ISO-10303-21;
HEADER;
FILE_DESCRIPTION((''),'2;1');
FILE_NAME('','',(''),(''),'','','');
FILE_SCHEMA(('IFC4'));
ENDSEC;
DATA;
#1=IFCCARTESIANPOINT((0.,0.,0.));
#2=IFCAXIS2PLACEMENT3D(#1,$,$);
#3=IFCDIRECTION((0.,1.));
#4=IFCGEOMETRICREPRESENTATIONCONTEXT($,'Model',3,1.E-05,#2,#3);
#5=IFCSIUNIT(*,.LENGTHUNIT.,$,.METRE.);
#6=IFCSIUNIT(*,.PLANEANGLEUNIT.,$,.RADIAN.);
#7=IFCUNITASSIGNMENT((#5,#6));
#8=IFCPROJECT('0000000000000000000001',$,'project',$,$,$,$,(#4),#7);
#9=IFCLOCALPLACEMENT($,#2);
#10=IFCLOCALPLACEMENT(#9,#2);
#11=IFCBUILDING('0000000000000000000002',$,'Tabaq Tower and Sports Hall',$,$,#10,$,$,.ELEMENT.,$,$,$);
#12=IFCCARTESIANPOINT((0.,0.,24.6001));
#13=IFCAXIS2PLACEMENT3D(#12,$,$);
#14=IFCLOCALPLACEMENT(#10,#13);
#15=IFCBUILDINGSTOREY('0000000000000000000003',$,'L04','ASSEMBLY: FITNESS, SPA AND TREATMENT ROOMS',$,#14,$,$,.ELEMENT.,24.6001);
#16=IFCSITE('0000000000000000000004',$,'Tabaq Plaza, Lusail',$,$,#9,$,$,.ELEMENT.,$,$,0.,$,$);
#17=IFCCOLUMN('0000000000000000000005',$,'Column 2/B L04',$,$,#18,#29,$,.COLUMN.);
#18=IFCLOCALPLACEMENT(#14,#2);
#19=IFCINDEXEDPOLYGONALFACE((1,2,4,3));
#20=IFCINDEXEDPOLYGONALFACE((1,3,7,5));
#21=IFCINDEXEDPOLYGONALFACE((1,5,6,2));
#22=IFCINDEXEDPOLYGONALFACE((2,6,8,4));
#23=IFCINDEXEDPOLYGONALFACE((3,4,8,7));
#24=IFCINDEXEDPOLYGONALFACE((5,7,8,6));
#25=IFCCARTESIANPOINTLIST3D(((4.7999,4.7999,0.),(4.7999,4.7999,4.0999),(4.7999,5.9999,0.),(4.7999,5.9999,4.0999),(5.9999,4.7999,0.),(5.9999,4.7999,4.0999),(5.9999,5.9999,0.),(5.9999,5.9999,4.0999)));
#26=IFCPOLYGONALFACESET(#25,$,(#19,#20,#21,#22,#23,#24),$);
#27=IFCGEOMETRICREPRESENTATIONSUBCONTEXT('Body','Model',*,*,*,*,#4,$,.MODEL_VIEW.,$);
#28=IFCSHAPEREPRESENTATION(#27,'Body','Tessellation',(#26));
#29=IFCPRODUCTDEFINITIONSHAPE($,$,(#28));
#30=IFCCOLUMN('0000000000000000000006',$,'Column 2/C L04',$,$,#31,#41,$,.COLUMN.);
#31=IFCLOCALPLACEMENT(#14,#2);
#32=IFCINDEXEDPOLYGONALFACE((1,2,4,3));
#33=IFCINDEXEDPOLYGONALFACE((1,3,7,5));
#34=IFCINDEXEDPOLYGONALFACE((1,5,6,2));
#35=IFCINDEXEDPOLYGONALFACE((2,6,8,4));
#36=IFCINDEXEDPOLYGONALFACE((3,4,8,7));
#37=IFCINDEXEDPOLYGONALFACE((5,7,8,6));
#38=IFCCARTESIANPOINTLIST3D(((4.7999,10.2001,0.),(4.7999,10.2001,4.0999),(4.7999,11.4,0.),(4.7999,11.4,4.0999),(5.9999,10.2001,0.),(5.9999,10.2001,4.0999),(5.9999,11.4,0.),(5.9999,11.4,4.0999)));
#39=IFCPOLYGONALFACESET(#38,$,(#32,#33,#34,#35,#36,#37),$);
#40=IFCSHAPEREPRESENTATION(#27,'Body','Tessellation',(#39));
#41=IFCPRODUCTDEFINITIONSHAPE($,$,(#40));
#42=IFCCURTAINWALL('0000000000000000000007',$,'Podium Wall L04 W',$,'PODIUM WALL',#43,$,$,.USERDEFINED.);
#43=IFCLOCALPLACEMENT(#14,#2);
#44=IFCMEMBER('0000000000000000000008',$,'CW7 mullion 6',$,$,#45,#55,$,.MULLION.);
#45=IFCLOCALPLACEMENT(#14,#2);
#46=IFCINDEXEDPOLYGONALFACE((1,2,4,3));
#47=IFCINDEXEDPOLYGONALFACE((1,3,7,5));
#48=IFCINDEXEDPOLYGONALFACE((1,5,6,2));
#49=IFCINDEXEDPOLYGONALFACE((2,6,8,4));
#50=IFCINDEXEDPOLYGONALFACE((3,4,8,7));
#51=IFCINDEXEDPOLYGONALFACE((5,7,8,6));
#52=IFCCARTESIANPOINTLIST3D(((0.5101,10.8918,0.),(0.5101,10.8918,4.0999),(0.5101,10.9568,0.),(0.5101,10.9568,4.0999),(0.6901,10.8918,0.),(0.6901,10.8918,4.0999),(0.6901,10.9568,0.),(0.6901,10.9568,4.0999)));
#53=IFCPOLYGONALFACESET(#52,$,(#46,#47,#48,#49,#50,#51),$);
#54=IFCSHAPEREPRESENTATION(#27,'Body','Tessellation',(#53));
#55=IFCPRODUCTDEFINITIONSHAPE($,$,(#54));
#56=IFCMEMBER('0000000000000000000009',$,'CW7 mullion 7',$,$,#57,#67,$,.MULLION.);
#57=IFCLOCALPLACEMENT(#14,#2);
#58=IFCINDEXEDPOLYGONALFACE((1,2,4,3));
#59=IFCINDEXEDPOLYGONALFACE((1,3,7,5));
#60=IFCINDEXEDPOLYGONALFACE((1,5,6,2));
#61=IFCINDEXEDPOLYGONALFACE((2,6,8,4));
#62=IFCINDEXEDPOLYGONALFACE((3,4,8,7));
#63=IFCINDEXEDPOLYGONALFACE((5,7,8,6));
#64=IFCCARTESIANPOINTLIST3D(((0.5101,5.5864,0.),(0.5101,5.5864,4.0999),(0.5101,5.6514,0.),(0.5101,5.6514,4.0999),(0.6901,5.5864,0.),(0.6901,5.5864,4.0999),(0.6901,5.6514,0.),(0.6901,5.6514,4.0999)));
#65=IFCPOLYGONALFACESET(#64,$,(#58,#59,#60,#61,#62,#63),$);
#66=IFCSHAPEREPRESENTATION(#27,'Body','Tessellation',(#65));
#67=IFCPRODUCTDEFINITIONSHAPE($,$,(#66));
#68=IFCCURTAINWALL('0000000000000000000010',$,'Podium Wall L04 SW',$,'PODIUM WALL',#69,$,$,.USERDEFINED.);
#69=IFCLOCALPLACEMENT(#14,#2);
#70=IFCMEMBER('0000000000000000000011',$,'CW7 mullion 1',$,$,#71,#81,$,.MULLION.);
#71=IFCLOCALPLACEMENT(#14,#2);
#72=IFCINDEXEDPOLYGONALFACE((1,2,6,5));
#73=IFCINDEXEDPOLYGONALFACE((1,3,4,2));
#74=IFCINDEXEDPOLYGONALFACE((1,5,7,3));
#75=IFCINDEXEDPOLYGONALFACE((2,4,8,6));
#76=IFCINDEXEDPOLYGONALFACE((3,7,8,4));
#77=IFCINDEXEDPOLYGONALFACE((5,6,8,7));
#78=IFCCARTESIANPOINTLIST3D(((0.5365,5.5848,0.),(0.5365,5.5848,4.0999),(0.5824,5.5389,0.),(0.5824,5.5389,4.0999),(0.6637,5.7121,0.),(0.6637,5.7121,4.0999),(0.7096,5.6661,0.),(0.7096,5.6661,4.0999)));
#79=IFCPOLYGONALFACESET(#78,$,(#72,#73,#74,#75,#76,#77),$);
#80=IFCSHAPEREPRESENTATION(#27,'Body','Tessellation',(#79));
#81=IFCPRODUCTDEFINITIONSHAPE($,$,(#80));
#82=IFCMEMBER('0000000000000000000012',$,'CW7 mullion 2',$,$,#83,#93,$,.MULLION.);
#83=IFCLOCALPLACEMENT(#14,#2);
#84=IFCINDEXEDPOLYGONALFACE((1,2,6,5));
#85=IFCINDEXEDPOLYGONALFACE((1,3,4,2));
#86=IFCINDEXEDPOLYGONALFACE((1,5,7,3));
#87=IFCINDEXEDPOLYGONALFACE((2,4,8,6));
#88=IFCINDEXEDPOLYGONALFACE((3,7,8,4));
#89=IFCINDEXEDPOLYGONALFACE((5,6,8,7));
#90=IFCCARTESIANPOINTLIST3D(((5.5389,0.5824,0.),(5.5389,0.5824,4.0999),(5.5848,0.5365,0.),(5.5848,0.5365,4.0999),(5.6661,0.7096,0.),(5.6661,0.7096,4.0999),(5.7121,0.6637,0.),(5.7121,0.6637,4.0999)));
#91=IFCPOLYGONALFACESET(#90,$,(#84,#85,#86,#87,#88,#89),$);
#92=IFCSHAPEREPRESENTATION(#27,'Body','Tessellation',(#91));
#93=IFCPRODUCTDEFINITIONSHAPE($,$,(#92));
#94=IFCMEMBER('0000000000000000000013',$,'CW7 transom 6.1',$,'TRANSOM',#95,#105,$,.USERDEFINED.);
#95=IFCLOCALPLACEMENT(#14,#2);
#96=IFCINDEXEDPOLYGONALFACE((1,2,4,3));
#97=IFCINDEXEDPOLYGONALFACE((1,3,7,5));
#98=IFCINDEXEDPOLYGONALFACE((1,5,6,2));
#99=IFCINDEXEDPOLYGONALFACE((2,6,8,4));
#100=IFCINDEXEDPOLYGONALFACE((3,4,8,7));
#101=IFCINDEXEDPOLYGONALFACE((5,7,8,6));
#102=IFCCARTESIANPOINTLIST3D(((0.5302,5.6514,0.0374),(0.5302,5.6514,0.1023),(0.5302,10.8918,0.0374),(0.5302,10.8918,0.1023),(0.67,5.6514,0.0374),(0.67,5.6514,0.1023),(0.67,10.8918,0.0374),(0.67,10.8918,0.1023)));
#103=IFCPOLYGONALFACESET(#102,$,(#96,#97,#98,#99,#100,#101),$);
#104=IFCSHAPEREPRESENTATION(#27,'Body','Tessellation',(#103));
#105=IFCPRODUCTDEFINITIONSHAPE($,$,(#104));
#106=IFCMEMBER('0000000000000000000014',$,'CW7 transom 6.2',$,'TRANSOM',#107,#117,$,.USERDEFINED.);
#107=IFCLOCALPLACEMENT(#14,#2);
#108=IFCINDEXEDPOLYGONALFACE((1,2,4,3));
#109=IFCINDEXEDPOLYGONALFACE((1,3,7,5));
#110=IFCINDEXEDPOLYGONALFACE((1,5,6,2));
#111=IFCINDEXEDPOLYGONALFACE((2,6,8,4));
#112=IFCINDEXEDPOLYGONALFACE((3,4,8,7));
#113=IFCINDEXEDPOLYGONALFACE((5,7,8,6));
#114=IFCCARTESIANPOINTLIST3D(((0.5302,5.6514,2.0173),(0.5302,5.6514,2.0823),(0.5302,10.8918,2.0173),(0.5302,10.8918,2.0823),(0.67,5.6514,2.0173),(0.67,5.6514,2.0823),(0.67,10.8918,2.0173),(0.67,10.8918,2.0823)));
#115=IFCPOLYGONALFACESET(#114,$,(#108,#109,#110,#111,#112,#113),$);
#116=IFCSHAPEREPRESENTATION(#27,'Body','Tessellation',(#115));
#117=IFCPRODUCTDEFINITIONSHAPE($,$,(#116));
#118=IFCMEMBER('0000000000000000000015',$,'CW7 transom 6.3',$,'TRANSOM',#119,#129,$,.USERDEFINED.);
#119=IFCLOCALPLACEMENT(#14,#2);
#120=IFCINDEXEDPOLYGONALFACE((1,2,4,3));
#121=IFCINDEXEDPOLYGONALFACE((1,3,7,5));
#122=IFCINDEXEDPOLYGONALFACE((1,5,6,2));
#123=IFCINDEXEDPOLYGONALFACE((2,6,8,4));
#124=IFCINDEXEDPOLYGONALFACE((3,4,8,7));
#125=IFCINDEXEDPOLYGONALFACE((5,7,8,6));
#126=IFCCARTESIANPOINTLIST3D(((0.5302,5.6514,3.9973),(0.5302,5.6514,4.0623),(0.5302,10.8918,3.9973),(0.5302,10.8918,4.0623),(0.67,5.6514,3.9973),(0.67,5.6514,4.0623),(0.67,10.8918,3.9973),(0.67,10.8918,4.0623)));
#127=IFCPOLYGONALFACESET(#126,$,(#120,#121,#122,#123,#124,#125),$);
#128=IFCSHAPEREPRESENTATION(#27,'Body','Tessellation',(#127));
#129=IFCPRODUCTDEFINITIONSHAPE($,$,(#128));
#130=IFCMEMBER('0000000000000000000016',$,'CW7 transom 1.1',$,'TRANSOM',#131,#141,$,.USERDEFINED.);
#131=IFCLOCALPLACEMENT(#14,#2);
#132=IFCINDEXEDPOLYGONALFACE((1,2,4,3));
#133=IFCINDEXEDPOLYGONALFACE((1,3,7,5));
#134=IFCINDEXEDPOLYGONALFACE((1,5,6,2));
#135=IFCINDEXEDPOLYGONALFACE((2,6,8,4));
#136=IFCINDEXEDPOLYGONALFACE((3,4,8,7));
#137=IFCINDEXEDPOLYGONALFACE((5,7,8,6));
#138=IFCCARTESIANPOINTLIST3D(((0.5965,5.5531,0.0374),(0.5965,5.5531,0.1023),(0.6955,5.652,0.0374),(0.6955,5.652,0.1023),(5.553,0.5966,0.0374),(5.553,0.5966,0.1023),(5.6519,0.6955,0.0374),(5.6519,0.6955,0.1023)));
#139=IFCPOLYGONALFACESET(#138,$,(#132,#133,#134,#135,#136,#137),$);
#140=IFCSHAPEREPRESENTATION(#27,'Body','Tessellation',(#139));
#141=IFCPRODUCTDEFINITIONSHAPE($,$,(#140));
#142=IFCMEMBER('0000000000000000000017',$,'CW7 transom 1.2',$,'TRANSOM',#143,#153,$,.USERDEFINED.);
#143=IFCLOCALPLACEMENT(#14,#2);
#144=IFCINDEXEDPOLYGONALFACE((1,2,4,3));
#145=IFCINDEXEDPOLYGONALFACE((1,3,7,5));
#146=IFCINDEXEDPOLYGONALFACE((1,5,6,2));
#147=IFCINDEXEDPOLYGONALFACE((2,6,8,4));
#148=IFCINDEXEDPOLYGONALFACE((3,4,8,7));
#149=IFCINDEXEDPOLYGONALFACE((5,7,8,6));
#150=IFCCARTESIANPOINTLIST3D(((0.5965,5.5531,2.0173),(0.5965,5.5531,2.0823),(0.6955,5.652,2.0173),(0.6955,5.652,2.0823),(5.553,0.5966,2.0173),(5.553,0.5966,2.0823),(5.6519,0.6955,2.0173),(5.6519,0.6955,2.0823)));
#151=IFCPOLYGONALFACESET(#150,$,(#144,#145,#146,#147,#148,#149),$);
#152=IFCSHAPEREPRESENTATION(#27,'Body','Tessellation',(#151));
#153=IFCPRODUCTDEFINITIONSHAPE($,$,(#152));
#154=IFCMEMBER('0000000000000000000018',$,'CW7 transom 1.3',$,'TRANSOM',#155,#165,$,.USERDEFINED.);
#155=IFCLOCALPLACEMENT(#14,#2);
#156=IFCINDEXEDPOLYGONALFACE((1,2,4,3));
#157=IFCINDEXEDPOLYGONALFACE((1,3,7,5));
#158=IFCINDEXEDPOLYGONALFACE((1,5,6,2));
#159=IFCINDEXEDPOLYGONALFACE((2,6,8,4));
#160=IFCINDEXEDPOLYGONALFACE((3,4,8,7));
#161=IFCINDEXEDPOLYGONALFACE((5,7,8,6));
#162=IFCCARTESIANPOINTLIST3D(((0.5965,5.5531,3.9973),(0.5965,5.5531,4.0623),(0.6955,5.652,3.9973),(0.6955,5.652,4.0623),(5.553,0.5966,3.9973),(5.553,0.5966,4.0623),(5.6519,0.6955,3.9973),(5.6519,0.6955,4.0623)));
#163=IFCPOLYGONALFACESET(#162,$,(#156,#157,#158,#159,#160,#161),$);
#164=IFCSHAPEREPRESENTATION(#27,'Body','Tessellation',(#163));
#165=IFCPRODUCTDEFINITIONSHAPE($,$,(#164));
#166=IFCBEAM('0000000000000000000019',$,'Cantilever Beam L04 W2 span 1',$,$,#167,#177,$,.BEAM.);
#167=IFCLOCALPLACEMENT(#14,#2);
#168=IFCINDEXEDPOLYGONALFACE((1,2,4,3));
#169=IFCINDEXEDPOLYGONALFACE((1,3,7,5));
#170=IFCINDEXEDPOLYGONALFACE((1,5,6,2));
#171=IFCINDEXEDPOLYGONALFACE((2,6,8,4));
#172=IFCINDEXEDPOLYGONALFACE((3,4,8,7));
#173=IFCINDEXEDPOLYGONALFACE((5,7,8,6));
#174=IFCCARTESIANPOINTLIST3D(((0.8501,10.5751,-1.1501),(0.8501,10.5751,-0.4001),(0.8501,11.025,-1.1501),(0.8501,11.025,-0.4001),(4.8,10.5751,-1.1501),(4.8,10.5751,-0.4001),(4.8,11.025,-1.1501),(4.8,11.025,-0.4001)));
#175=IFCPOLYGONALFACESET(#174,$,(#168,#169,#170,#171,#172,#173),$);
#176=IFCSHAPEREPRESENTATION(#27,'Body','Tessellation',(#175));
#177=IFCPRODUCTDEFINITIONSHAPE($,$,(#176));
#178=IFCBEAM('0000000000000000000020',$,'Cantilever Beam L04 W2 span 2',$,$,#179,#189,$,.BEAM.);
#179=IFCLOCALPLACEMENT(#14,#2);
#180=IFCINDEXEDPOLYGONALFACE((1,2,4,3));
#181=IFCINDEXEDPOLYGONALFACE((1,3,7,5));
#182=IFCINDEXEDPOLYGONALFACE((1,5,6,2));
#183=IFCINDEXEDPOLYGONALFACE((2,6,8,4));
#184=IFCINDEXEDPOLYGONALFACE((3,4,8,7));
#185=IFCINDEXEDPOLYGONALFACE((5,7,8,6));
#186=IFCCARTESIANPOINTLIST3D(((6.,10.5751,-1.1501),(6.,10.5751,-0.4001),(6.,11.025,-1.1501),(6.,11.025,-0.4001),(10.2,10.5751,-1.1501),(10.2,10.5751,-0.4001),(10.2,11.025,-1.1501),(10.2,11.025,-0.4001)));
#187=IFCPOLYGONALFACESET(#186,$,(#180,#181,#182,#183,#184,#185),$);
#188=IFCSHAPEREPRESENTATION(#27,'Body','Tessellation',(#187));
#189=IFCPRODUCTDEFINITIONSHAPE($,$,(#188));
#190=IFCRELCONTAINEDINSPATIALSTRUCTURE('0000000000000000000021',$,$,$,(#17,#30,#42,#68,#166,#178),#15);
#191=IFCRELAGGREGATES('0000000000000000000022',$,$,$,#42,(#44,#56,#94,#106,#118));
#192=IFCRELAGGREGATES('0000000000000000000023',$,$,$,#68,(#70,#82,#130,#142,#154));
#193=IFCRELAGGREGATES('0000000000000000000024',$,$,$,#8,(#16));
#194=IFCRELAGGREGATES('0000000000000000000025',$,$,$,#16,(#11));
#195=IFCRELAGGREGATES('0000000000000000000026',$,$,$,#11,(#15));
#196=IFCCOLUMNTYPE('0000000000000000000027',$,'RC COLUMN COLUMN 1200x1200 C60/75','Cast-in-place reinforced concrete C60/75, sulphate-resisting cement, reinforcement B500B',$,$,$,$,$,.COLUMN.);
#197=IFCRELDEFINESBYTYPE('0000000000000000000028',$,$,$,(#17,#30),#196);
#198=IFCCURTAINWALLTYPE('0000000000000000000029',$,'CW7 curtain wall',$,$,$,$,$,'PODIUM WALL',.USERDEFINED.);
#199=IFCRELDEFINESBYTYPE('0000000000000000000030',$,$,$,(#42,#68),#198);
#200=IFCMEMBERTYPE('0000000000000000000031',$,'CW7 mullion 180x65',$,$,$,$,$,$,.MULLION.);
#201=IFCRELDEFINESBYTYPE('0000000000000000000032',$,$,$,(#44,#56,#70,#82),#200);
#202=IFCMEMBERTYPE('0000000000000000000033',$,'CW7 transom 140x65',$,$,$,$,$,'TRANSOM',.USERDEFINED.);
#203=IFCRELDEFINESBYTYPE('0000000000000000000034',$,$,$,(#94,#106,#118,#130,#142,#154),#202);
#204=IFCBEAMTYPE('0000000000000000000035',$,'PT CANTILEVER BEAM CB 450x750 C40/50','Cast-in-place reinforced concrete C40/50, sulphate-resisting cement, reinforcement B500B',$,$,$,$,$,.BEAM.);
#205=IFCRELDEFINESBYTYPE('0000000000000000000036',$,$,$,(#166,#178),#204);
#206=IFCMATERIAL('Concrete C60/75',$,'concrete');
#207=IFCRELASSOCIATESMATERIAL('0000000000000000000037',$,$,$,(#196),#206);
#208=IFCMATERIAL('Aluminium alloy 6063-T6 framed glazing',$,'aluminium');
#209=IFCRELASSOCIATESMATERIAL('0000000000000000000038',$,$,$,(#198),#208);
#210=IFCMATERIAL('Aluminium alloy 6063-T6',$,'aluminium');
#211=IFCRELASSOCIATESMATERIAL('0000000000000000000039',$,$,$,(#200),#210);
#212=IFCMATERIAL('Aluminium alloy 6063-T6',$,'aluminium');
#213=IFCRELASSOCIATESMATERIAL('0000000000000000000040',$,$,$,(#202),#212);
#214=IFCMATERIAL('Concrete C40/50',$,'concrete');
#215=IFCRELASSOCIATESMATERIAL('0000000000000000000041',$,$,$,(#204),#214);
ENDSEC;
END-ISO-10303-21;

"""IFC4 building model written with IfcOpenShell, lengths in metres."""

from ifc_helpers import new_model, si_unit, direction, frame, origin, origin_2d, place, context, subcontext, project, spatial, rectangle, extrude, material, material_profile, profile_set, type_object, element, aggregate, save


model = new_model("IFC4")

# Units and contexts
model_context = context("Model", 3, precision=1e-05, world=origin(), true_north=direction((0.0, 1.0)))
body_context = subcontext(model_context, "Body", "Model", "MODEL_VIEW")
ifc_project = project(units=[si_unit("LENGTHUNIT", "METRE"), si_unit("PLANEANGLEUNIT", "RADIAN")], contexts=[model_context])

# Site, building, storey
site_placement = place(None, origin())
site = spatial("IfcSite", under=ifc_project, at=site_placement, Name="Tabaq Plaza, Lusail", CompositionType="ELEMENT", RefElevation=0.0)
building_placement = place(site_placement, origin())
building = spatial("IfcBuilding", under=site, at=building_placement, Name="Tabaq Tower and Sports Hall", CompositionType="ELEMENT")
storey_placement = place(building_placement, frame((0.0, 0.0, 24.6001)))
storey = spatial("IfcBuildingStorey", under=building, at=storey_placement, Name="L04", Description="ASSEMBLY: FITNESS, SPA AND TREATMENT ROOMS", CompositionType="ELEMENT", Elevation=24.6001)

# Columns
ifc_material_1 = material(Name="Concrete C60/75", Category="concrete")
ifc_material_profile_1 = material_profile(ifc_material_1, rectangle(XDim=1.2, YDim=1.2, at=origin_2d()), Name="COLUMN 1200x1200")
ifc_profile_set_1 = profile_set([ifc_material_profile_1], Name="Concrete C60/75")
column_type = type_object("IfcColumnType", Name="RC COLUMN COLUMN 1200x1200 C60/75", Description="Cast-in-place reinforced concrete C60/75, sulphate-resisting cement, reinforcement B500B", PredefinedType="COLUMN", material=ifc_profile_set_1)
for number, where, z_axis, x_axis, name in (
    (1, (5.3999, 5.3999, 0.0), (0.0, 0.0, 1.0), (1.0, 0.0, 0.0), "Column 2/B L04"),
    (2, (5.3999, 10.8, 0.0), (0.0, 0.0, 1.0), (1.0, 0.0, 0.0), "Column 2/C L04"),
):
    element("IfcColumn", number, at=place(storey_placement, frame(where, z_axis=z_axis, x_axis=x_axis)), inside=storey, type_object=column_type, Name=name, PredefinedType="COLUMN", context=body_context, shape_type="SweptSolid", body=[
        extrude(rectangle(XDim=1.2, YDim=1.2, at=origin_2d()), origin(), (0.0, 0.0, 1.0), 4.0999),
    ])

# Curtain walls, members
ifc_material_2 = material(Name="Aluminium alloy 6063-T6 framed glazing", Category="aluminium")
curtain_wall_type = type_object("IfcCurtainWallType", Name="CW7 curtain wall", ElementType="PODIUM WALL", PredefinedType="USERDEFINED", material=ifc_material_2)
curtain_wall_1_placement = place(storey_placement, origin())
curtain_wall_1 = element("IfcCurtainWall", 3, at=curtain_wall_1_placement, inside=storey, type_object=curtain_wall_type, Name="Podium Wall L04 W", ObjectType="PODIUM WALL", PredefinedType="USERDEFINED")
ifc_material_3 = material(Name="Aluminium alloy 6063-T6", Category="aluminium")
ifc_material_profile_2 = material_profile(ifc_material_3, rectangle(XDim=0.1799, YDim=0.0649, at=origin_2d()), Name="MULLION 180x65")
ifc_profile_set_2 = profile_set([ifc_material_profile_2], Name="Aluminium alloy 6063-T6")
member_type_1 = type_object("IfcMemberType", Name="CW7 mullion 180x65", PredefinedType="MULLION", material=ifc_profile_set_2)
member_1_placement = place(storey_placement, frame((0.6001, 10.9243, 0.0), z_axis=(0.0, 0.0, 1.0), x_axis=(1.0, 0.0, 0.0)))
member_1 = element("IfcMember", 4, at=member_1_placement, type_object=member_type_1, Name="CW7 mullion 6", PredefinedType="MULLION", context=body_context, shape_type="SweptSolid", body=[
    extrude(rectangle(XDim=0.1799, YDim=0.0649, at=origin_2d()), origin(), (0.0, 0.0, 1.0), 4.0999),
])
member_2_placement = place(storey_placement, frame((0.6001, 5.6189, 0.0), z_axis=(0.0, 0.0, 1.0), x_axis=(1.0, 0.0, 0.0)))
member_2 = element("IfcMember", 5, at=member_2_placement, type_object=member_type_1, Name="CW7 mullion 7", PredefinedType="MULLION", context=body_context, shape_type="SweptSolid", body=[
    extrude(rectangle(XDim=0.1799, YDim=0.0649, at=origin_2d()), origin(), (0.0, 0.0, 1.0), 4.0999),
])
curtain_wall_2_placement = place(storey_placement, origin())
curtain_wall_2 = element("IfcCurtainWall", 6, at=curtain_wall_2_placement, inside=storey, type_object=curtain_wall_type, Name="Podium Wall L04 SW", ObjectType="PODIUM WALL", PredefinedType="USERDEFINED")
member_3_placement = place(storey_placement, frame((0.623, 5.6255, 0.0), z_axis=(0.0, 0.0, 1.0), x_axis=(0.707107, 0.707107, 0.0)))
member_3 = element("IfcMember", 7, at=member_3_placement, type_object=member_type_1, Name="CW7 mullion 1", PredefinedType="MULLION", context=body_context, shape_type="SweptSolid", body=[
    extrude(rectangle(XDim=0.1799, YDim=0.0649, at=origin_2d()), origin(), (0.0, 0.0, 1.0), 4.0999),
])
member_4_placement = place(storey_placement, frame((5.6255, 0.623, 0.0), z_axis=(0.0, 0.0, 1.0), x_axis=(0.707107, 0.707107, 0.0)))
member_4 = element("IfcMember", 8, at=member_4_placement, type_object=member_type_1, Name="CW7 mullion 2", PredefinedType="MULLION", context=body_context, shape_type="SweptSolid", body=[
    extrude(rectangle(XDim=0.1799, YDim=0.0649, at=origin_2d()), origin(), (0.0, 0.0, 1.0), 4.0999),
])

# Members
ifc_material_4 = material(Name="Aluminium alloy 6063-T6", Category="aluminium")
ifc_material_profile_3 = material_profile(ifc_material_4, rectangle(XDim=0.1399, YDim=0.0649, at=origin_2d()), Name="TRANSOM 140x65")
ifc_profile_set_3 = profile_set([ifc_material_profile_3], Name="Aluminium alloy 6063-T6")
member_type_2 = type_object("IfcMemberType", Name="CW7 transom 140x65", ElementType="TRANSOM", PredefinedType="USERDEFINED", material=ifc_profile_set_3)
member_5_placement = place(storey_placement, frame((0.6001, 10.8918, 0.0698), z_axis=(0.0, -1.0, 0.0), x_axis=(1.0, 0.0, 0.0)))
member_5 = element("IfcMember", 9, at=member_5_placement, type_object=member_type_2, Name="CW7 transom 6.1", ObjectType="TRANSOM", PredefinedType="USERDEFINED", context=body_context, shape_type="SweptSolid", body=[
    extrude(rectangle(XDim=0.1399, YDim=0.0649, at=origin_2d()), origin(), (0.0, 0.0, 1.0), 5.2405),
])
member_6_placement = place(storey_placement, frame((0.6001, 10.8918, 2.0498), z_axis=(0.0, -1.0, 0.0), x_axis=(1.0, 0.0, 0.0)))
member_6 = element("IfcMember", 10, at=member_6_placement, type_object=member_type_2, Name="CW7 transom 6.2", ObjectType="TRANSOM", PredefinedType="USERDEFINED", context=body_context, shape_type="SweptSolid", body=[
    extrude(rectangle(XDim=0.1399, YDim=0.0649, at=origin_2d()), origin(), (0.0, 0.0, 1.0), 5.2405),
])
member_7_placement = place(storey_placement, frame((0.6001, 10.8918, 4.0298), z_axis=(0.0, -1.0, 0.0), x_axis=(1.0, 0.0, 0.0)))
member_7 = element("IfcMember", 11, at=member_7_placement, type_object=member_type_2, Name="CW7 transom 6.3", ObjectType="TRANSOM", PredefinedType="USERDEFINED", context=body_context, shape_type="SweptSolid", body=[
    extrude(rectangle(XDim=0.1399, YDim=0.0649, at=origin_2d()), origin(), (0.0, 0.0, 1.0), 5.2405),
])
member_8_placement = place(storey_placement, frame((0.646, 5.6025, 0.0698), z_axis=(0.707107, -0.707107, 0.0), x_axis=(0.707107, 0.707107, 0.0)))
member_8 = element("IfcMember", 12, at=member_8_placement, type_object=member_type_2, Name="CW7 transom 1.1", ObjectType="TRANSOM", PredefinedType="USERDEFINED", context=body_context, shape_type="SweptSolid", body=[
    extrude(rectangle(XDim=0.1399, YDim=0.0649, at=origin_2d()), origin(), (0.0, 0.0, 1.0), 7.0095),
])
member_9_placement = place(storey_placement, frame((0.646, 5.6025, 2.0498), z_axis=(0.707107, -0.707107, 0.0), x_axis=(0.707107, 0.707107, 0.0)))
member_9 = element("IfcMember", 13, at=member_9_placement, type_object=member_type_2, Name="CW7 transom 1.2", ObjectType="TRANSOM", PredefinedType="USERDEFINED", context=body_context, shape_type="SweptSolid", body=[
    extrude(rectangle(XDim=0.1399, YDim=0.0649, at=origin_2d()), origin(), (0.0, 0.0, 1.0), 7.0095),
])
member_10_placement = place(storey_placement, frame((0.646, 5.6025, 4.0298), z_axis=(0.707107, -0.707107, 0.0), x_axis=(0.707107, 0.707107, 0.0)))
member_10 = element("IfcMember", 14, at=member_10_placement, type_object=member_type_2, Name="CW7 transom 1.3", ObjectType="TRANSOM", PredefinedType="USERDEFINED", context=body_context, shape_type="SweptSolid", body=[
    extrude(rectangle(XDim=0.1399, YDim=0.0649, at=origin_2d()), origin(), (0.0, 0.0, 1.0), 7.0095),
])

# Beams
ifc_material_5 = material(Name="Concrete C40/50", Category="concrete")
ifc_material_profile_4 = material_profile(ifc_material_5, rectangle(XDim=0.45, YDim=0.75, at=origin_2d()), Name="CB 450x750")
ifc_profile_set_4 = profile_set([ifc_material_profile_4], Name="Concrete C40/50")
beam_type_1 = type_object("IfcBeamType", Name="PT CANTILEVER BEAM CB 450x750 C40/50", Description="Cast-in-place reinforced concrete C40/50, sulphate-resisting cement, reinforcement B500B", PredefinedType="BEAM", material=ifc_profile_set_4)
beam_1_placement = place(storey_placement, frame((0.8501, 10.8, -0.7751), z_axis=(1.0, 0.0, 0.0), x_axis=(0.0, 1.0, 0.0)))
element("IfcBeam", 15, at=beam_1_placement, inside=storey, type_object=beam_type_1, Name="Cantilever Beam L04 W2 span 1", PredefinedType="BEAM", context=body_context, shape_type="SweptSolid", body=[
    extrude(rectangle(XDim=0.45, YDim=0.75, at=origin_2d()), origin(), (0.0, 0.0, 1.0), 3.95),
])
beam_2_placement = place(storey_placement, frame((6.0, 10.8, -0.7751), z_axis=(1.0, 0.0, 0.0), x_axis=(0.0, 1.0, 0.0)))
element("IfcBeam", 16, at=beam_2_placement, inside=storey, type_object=beam_type_1, Name="Cantilever Beam L04 W2 span 2", PredefinedType="BEAM", context=body_context, shape_type="SweptSolid", body=[
    extrude(rectangle(XDim=0.45, YDim=0.75, at=origin_2d()), origin(), (0.0, 0.0, 1.0), 4.2),
])

aggregate(curtain_wall_1, [member_1, member_2, member_5, member_6, member_7])
aggregate(curtain_wall_2, [member_3, member_4, member_8, member_9, member_10])

save(model, "model.ifc")
